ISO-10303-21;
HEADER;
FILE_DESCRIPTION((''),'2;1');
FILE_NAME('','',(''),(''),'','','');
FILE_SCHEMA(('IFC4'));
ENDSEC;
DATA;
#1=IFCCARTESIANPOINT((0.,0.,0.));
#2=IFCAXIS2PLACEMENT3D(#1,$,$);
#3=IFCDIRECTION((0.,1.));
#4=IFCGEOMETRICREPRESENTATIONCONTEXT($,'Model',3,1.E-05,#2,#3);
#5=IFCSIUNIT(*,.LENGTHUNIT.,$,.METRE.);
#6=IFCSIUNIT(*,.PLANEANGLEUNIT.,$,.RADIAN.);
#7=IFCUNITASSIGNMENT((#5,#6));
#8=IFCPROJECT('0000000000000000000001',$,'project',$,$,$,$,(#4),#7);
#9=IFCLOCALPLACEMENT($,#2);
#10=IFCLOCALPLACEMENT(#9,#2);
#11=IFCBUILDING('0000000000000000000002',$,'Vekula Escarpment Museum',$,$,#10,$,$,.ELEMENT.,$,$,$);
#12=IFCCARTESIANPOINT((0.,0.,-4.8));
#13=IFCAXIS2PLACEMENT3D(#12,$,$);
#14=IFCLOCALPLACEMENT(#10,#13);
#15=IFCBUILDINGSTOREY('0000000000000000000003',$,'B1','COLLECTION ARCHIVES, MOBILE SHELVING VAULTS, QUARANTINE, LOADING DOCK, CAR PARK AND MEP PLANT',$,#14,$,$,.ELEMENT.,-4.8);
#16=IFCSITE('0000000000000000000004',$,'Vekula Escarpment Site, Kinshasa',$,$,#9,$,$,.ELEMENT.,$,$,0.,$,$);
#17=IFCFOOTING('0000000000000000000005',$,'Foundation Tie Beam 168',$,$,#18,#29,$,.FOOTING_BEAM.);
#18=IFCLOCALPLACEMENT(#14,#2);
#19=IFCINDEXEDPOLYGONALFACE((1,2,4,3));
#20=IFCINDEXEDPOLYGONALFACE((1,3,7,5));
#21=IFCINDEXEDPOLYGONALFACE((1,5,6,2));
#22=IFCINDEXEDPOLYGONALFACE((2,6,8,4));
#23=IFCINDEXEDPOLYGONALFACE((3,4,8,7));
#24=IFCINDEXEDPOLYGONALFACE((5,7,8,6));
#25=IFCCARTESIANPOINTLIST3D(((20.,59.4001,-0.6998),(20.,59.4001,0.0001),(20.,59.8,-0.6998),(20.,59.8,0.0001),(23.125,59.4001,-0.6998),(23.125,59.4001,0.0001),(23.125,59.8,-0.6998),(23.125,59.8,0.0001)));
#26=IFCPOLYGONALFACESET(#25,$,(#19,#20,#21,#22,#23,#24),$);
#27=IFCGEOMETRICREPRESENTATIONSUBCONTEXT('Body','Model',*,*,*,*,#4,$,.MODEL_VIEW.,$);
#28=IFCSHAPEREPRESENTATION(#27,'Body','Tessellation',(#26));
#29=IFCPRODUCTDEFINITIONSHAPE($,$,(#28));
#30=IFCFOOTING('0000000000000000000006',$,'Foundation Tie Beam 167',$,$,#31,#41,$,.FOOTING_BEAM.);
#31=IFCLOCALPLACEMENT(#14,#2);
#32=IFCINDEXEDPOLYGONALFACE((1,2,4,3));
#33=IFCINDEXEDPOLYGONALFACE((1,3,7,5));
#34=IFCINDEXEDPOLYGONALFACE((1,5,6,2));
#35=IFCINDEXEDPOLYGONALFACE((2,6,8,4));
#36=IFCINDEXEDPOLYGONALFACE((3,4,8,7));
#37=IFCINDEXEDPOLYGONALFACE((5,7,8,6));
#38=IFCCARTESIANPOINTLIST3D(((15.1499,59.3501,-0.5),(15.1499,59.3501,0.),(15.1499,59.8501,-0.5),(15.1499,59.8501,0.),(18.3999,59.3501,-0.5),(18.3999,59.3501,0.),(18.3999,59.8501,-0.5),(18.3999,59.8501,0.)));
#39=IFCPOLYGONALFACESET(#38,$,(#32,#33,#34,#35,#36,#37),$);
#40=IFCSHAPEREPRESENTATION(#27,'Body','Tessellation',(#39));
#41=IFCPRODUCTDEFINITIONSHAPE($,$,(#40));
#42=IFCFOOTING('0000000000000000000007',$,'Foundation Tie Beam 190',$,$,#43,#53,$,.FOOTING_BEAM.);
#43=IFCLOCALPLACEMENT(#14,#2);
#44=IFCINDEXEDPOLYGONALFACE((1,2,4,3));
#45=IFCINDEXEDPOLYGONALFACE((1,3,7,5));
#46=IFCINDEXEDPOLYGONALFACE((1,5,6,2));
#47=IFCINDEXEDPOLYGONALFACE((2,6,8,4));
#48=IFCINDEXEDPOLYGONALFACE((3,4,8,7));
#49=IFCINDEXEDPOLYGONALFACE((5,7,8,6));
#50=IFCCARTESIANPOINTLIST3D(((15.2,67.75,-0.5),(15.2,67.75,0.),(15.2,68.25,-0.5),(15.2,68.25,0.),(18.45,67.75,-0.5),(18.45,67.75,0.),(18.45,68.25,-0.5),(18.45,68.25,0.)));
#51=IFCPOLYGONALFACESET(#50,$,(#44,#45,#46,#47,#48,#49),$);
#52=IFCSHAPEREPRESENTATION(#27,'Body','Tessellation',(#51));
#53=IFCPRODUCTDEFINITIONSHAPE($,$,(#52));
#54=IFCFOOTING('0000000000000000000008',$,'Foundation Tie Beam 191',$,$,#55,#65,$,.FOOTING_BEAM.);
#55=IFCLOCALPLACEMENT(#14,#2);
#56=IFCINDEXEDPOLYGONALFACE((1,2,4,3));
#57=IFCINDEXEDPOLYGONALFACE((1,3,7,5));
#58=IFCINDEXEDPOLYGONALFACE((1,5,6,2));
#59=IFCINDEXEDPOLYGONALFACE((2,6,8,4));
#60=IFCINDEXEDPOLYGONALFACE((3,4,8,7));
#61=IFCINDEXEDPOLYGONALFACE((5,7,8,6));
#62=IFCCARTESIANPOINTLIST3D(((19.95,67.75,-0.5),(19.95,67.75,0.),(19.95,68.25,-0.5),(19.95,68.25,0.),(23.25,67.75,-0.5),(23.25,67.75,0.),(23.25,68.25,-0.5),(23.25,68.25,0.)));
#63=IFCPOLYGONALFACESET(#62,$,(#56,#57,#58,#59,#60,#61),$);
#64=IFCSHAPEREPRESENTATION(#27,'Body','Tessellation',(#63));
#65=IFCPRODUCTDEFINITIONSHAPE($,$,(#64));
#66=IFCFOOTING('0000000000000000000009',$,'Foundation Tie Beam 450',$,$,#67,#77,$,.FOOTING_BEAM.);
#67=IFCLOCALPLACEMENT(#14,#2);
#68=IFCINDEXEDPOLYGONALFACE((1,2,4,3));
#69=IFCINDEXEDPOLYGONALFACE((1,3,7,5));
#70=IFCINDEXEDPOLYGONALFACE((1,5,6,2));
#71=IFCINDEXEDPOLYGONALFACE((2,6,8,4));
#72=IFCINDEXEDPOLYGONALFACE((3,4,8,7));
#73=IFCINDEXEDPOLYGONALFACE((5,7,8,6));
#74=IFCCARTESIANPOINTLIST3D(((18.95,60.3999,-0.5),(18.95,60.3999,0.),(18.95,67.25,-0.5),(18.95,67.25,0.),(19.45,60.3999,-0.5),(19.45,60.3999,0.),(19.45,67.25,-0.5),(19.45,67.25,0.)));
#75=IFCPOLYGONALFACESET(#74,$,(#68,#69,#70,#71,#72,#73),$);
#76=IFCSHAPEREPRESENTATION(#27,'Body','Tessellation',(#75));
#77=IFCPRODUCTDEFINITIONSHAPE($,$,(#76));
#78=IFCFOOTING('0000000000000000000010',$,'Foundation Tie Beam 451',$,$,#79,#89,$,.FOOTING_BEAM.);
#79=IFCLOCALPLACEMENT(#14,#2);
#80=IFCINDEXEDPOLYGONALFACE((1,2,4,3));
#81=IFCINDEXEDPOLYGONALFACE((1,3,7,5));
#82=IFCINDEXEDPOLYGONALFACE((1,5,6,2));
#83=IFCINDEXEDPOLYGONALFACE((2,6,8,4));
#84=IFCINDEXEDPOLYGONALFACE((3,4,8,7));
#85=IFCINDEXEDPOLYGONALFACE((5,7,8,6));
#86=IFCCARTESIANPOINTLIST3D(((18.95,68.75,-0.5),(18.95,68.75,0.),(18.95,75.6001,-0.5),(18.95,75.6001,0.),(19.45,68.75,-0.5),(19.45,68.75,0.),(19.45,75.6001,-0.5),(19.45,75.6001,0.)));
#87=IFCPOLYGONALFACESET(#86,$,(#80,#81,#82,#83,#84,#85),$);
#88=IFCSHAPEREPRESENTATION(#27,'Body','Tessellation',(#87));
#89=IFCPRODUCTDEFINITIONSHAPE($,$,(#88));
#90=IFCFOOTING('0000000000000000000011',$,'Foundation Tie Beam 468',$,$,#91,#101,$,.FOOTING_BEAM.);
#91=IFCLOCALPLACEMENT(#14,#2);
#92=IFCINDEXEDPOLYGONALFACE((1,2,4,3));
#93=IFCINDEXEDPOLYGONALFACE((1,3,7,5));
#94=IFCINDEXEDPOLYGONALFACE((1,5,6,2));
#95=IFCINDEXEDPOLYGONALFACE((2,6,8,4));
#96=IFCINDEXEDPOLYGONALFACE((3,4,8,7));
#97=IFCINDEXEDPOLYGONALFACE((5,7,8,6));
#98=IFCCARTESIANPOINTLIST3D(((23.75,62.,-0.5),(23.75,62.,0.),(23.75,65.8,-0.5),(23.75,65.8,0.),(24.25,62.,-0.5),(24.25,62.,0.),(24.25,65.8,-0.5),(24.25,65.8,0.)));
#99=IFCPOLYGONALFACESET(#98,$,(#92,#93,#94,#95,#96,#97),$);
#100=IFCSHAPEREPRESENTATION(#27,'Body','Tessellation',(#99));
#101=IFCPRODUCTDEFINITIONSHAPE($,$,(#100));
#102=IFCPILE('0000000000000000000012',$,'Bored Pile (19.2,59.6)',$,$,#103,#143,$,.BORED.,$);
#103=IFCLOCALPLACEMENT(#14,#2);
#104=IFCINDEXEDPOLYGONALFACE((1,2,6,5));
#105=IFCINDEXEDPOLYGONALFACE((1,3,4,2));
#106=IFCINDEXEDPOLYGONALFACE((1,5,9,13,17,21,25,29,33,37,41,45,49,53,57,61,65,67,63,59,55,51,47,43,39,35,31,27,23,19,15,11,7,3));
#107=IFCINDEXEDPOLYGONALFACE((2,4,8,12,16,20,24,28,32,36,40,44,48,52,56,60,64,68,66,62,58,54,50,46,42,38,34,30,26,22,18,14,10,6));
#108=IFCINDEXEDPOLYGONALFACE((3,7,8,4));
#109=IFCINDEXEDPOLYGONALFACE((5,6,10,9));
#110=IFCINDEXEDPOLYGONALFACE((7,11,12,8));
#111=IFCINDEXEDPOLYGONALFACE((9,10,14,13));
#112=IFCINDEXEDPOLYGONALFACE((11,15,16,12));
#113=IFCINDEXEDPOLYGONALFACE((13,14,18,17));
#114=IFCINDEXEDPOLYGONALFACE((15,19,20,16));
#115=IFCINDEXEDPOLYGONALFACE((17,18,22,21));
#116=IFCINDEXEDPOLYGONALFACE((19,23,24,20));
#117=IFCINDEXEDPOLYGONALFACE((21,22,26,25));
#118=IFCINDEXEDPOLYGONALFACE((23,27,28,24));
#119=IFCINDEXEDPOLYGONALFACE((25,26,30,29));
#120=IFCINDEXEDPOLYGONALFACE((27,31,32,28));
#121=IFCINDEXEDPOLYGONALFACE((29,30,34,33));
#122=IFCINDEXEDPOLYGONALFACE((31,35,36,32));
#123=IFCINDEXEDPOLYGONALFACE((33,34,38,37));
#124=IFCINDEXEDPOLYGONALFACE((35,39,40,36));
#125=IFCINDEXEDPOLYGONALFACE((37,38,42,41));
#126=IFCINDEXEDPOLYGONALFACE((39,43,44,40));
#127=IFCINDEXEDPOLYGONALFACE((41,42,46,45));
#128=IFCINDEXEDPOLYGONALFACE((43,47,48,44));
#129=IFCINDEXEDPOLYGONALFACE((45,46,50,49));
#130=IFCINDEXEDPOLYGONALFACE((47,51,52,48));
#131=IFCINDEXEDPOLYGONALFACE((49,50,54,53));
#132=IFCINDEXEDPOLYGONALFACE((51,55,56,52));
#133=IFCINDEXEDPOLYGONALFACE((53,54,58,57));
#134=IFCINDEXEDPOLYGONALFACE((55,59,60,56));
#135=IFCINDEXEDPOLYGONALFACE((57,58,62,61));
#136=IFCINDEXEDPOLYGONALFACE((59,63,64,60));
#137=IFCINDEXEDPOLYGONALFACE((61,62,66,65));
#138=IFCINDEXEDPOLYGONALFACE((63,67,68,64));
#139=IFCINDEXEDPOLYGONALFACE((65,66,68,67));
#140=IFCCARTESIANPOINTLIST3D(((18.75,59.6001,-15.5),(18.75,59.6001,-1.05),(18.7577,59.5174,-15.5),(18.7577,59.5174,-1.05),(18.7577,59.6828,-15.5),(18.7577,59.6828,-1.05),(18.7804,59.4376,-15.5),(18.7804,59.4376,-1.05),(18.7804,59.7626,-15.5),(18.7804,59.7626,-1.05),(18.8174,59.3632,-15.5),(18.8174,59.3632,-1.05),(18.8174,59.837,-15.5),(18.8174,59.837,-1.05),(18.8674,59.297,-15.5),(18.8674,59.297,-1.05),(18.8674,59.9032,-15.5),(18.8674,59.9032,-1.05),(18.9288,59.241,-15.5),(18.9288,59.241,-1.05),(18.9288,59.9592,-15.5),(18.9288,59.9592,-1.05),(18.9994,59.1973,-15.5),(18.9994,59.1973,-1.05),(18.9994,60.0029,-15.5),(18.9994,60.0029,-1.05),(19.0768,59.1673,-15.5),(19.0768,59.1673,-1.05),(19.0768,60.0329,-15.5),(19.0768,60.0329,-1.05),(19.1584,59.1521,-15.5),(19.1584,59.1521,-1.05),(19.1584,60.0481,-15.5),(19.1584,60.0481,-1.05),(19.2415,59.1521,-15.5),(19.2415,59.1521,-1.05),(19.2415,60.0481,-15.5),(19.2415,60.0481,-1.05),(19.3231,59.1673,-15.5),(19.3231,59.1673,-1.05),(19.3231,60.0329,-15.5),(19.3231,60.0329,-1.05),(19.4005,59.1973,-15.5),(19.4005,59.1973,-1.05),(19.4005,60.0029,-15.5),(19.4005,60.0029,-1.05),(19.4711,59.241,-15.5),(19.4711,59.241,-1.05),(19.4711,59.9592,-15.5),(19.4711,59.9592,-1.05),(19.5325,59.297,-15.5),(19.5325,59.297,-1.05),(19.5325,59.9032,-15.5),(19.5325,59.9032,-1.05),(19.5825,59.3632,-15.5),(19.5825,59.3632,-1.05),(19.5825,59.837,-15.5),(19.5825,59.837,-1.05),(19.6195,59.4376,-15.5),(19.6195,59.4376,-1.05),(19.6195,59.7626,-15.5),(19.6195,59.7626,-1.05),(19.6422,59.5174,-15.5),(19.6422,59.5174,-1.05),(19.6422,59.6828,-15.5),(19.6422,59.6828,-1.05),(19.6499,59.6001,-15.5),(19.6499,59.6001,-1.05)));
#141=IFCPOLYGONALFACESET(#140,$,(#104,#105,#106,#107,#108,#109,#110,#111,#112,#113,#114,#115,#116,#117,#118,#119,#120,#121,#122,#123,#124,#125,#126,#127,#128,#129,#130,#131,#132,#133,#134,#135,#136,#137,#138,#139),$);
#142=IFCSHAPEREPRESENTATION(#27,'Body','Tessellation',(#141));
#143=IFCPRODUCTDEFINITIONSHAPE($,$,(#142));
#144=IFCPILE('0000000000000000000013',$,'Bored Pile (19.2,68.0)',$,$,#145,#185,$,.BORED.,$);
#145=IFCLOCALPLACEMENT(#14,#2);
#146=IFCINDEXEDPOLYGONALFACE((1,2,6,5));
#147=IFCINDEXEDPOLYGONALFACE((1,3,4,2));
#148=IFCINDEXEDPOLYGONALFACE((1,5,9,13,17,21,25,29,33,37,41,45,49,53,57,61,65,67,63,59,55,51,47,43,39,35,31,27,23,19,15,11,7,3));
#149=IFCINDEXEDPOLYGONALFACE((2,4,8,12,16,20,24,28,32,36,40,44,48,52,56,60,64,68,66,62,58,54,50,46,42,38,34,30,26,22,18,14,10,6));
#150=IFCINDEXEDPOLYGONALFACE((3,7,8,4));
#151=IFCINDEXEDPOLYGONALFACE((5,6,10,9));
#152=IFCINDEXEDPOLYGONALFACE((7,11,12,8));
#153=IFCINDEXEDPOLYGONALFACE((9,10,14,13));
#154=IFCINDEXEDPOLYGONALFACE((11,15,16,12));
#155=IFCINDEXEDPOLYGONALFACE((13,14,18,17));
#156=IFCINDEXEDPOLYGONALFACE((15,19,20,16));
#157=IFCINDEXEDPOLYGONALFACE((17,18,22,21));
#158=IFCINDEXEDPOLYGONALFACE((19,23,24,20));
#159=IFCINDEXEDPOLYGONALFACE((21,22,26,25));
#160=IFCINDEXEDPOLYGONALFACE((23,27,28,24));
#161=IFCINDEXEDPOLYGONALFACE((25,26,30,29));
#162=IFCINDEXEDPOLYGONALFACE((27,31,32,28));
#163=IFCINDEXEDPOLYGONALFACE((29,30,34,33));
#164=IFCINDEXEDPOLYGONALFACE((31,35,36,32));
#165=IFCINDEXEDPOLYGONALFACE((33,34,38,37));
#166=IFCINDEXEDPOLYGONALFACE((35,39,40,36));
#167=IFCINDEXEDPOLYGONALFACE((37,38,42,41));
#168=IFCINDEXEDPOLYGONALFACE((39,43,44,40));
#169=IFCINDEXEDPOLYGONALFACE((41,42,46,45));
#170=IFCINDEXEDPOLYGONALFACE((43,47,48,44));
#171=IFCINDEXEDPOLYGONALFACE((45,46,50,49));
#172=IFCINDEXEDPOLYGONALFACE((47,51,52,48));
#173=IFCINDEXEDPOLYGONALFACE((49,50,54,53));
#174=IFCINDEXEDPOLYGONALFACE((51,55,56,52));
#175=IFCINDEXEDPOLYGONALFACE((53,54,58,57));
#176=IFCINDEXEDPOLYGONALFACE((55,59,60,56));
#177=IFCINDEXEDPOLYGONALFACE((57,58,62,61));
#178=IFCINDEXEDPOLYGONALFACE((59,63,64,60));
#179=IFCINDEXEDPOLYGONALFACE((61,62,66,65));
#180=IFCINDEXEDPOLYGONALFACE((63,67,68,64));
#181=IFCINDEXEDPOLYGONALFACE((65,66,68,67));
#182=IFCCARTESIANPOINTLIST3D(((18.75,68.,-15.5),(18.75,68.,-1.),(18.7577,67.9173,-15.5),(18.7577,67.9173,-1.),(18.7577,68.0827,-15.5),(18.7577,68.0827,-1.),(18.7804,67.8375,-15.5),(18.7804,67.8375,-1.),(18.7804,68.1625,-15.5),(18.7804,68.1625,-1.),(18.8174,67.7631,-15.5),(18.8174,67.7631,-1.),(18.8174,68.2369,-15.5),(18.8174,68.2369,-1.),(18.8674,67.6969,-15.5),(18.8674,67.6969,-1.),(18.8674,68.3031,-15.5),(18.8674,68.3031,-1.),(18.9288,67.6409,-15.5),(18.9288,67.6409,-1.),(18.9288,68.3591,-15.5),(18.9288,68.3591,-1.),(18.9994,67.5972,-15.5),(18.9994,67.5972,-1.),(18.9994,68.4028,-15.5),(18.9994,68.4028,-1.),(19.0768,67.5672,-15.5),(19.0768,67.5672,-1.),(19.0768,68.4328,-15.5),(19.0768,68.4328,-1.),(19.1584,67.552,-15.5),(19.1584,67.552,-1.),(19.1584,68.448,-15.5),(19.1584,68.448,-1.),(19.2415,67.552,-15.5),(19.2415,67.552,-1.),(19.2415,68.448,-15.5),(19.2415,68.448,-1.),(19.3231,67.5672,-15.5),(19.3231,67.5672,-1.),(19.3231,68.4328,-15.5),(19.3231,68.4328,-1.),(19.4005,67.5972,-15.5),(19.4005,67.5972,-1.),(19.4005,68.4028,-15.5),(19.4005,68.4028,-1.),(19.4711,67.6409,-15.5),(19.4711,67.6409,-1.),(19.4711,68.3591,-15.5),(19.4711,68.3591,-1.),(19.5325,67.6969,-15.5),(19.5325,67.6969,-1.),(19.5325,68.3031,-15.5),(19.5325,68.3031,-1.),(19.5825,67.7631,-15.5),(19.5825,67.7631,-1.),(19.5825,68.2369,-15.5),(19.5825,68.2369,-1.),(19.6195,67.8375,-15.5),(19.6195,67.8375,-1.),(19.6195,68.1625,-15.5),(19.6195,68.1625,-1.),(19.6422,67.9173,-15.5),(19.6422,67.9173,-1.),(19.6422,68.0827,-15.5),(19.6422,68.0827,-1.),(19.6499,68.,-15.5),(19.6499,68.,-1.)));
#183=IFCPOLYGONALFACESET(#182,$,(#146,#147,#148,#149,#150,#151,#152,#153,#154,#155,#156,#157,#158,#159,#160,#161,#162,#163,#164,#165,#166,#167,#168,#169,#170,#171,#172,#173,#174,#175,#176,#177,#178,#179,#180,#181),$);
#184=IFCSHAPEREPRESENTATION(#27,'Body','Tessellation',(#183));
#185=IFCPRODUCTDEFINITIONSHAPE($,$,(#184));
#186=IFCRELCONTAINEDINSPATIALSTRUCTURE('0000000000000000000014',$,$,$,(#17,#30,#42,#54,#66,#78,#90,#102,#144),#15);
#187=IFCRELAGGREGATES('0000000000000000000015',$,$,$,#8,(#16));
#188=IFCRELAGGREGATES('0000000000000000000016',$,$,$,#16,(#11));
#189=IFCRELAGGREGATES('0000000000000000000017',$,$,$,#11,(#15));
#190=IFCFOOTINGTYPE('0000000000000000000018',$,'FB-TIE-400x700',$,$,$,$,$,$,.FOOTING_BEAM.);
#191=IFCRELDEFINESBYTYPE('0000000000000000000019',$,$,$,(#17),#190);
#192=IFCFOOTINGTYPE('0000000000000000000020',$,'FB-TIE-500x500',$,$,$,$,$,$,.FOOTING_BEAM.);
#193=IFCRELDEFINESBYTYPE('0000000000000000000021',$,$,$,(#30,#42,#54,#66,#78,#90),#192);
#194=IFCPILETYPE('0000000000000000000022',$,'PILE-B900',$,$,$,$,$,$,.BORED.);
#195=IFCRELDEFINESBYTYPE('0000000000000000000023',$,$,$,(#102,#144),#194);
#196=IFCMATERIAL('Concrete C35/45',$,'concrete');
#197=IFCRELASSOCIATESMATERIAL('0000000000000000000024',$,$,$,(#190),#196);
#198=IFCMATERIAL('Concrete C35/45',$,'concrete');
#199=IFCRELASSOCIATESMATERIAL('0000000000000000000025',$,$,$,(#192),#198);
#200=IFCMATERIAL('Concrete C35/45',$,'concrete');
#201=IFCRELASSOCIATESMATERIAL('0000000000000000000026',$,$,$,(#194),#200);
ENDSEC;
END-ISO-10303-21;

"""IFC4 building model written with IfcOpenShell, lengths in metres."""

from ifc_helpers import new_model, si_unit, direction, frame, origin, origin_2d, place, context, subcontext, project, spatial, rectangle, circle, extrude, material, material_profile, profile_set, type_object, element, save


model = new_model("IFC4")

# Units and contexts
model_context = context("Model", 3, precision=1e-05, world=origin(), true_north=direction((0.0, 1.0)))
body_context = subcontext(model_context, "Body", "Model", "MODEL_VIEW")
ifc_project = project(units=[si_unit("LENGTHUNIT", "METRE"), si_unit("PLANEANGLEUNIT", "RADIAN")], contexts=[model_context])

# Site, building, storey
site_placement = place(None, origin())
site = spatial("IfcSite", under=ifc_project, at=site_placement, Name="Vekula Escarpment Site, Kinshasa", CompositionType="ELEMENT", RefElevation=0.0)
building_placement = place(site_placement, origin())
building = spatial("IfcBuilding", under=site, at=building_placement, Name="Vekula Escarpment Museum", CompositionType="ELEMENT")
storey_placement = place(building_placement, frame((0.0, 0.0, -4.8)))
storey = spatial("IfcBuildingStorey", under=building, at=storey_placement, Name="B1", Description="COLLECTION ARCHIVES, MOBILE SHELVING VAULTS, QUARANTINE, LOADING DOCK, CAR PARK AND MEP PLANT", CompositionType="ELEMENT", Elevation=-4.8)

# Footings
ifc_material_1 = material(Name="Concrete C35/45", Category="concrete")
ifc_material_profile_1 = material_profile(ifc_material_1, rectangle(XDim=0.3999, YDim=0.7, at=origin_2d()), Name="RC 400x700")
ifc_profile_set_1 = profile_set([ifc_material_profile_1], Name="Concrete C35/45")
footing_type_1 = type_object("IfcFootingType", Name="FB-TIE-400x700", PredefinedType="FOOTING_BEAM", material=ifc_profile_set_1)
footing_1_placement = place(storey_placement, frame((20.0, 59.6001, -0.3499), z_axis=(1.0, 0.0, 0.0), x_axis=(0.0, 1.0, 0.0)))
element("IfcFooting", 1, at=footing_1_placement, inside=storey, type_object=footing_type_1, Name="Foundation Tie Beam 168", PredefinedType="FOOTING_BEAM", context=body_context, shape_type="SweptSolid", body=[
    extrude(rectangle(XDim=0.3999, YDim=0.7, at=origin_2d()), origin(), (0.0, 0.0, 1.0), 3.125),
])
ifc_material_2 = material(Name="Concrete C35/45", Category="concrete")
ifc_material_profile_2 = material_profile(ifc_material_2, rectangle(XDim=0.5, YDim=0.5, at=origin_2d()), Name="RC 500x500")
ifc_profile_set_2 = profile_set([ifc_material_profile_2], Name="Concrete C35/45")
footing_type_2 = type_object("IfcFootingType", Name="FB-TIE-500x500", PredefinedType="FOOTING_BEAM", material=ifc_profile_set_2)
for number, where, z_axis, x_axis, name in (
    (2, (15.1499, 59.6001, -0.25), (1.0, 0.0, 0.0), (0.0, 1.0, 0.0), "Foundation Tie Beam 167"),
    (3, (15.2, 68.0, -0.25), (1.0, 0.0, 0.0), (0.0, 1.0, 0.0), "Foundation Tie Beam 190"),
):
    element("IfcFooting", number, at=place(storey_placement, frame(where, z_axis=z_axis, x_axis=x_axis)), inside=storey, type_object=footing_type_2, Name=name, PredefinedType="FOOTING_BEAM", context=body_context, shape_type="SweptSolid", body=[
        extrude(rectangle(XDim=0.5, YDim=0.5, at=origin_2d()), origin(), (0.0, 0.0, 1.0), 3.25),
    ])
footing_2_placement = place(storey_placement, frame((19.95, 68.0, -0.25), z_axis=(1.0, 0.0, 0.0), x_axis=(0.0, 1.0, 0.0)))
element("IfcFooting", 4, at=footing_2_placement, inside=storey, type_object=footing_type_2, Name="Foundation Tie Beam 191", PredefinedType="FOOTING_BEAM", context=body_context, shape_type="SweptSolid", body=[
    extrude(rectangle(XDim=0.5, YDim=0.5, at=origin_2d()), origin(), (0.0, 0.0, 1.0), 3.3),
])
for number, where, z_axis, x_axis, name in (
    (5, (19.2, 60.3999, -0.25), (0.0, 1.0, 0.0), (-1.0, 0.0, 0.0), "Foundation Tie Beam 450"),
    (6, (19.2, 68.75, -0.25), (0.0, 1.0, 0.0), (-1.0, 0.0, 0.0), "Foundation Tie Beam 451"),
):
    element("IfcFooting", number, at=place(storey_placement, frame(where, z_axis=z_axis, x_axis=x_axis)), inside=storey, type_object=footing_type_2, Name=name, PredefinedType="FOOTING_BEAM", context=body_context, shape_type="SweptSolid", body=[
        extrude(rectangle(XDim=0.5, YDim=0.5, at=origin_2d()), origin(), (0.0, 0.0, 1.0), 6.8501),
    ])
footing_3_placement = place(storey_placement, frame((24.0, 62.0, -0.25), z_axis=(0.0, 1.0, 0.0), x_axis=(-1.0, 0.0, 0.0)))
element("IfcFooting", 7, at=footing_3_placement, inside=storey, type_object=footing_type_2, Name="Foundation Tie Beam 468", PredefinedType="FOOTING_BEAM", context=body_context, shape_type="SweptSolid", body=[
    extrude(rectangle(XDim=0.5, YDim=0.5, at=origin_2d()), origin(), (0.0, 0.0, 1.0), 3.8),
])

# Piles
ifc_material_3 = material(Name="Concrete C35/45", Category="concrete")
ifc_material_profile_3 = material_profile(ifc_material_3, circle(Radius=0.45, at=origin_2d()), Name="BORED PILE 900")
ifc_profile_set_3 = profile_set([ifc_material_profile_3], Name="Concrete C35/45")
pile_type = type_object("IfcPileType", Name="PILE-B900", PredefinedType="BORED", material=ifc_profile_set_3)
pile_1_placement = place(storey_placement, frame((19.2, 59.6001, -1.05), z_axis=(0.0, 0.0, -1.0), x_axis=(1.0, 0.0, 0.0)))
element("IfcPile", 8, at=pile_1_placement, inside=storey, type_object=pile_type, Name="Bored Pile (19.2,59.6)", PredefinedType="BORED", context=body_context, shape_type="SweptSolid", body=[
    extrude(circle(Radius=0.45, at=origin_2d()), origin(), (0.0, 0.0, 1.0), 14.45),
])
pile_2_placement = place(storey_placement, frame((19.2, 68.0, -1.0), z_axis=(0.0, 0.0, -1.0), x_axis=(1.0, 0.0, 0.0)))
element("IfcPile", 9, at=pile_2_placement, inside=storey, type_object=pile_type, Name="Bored Pile (19.2,68.0)", PredefinedType="BORED", context=body_context, shape_type="SweptSolid", body=[
    extrude(circle(Radius=0.45, at=origin_2d()), origin(), (0.0, 0.0, 1.0), 14.5),
])

save(model, "model.ifc")
